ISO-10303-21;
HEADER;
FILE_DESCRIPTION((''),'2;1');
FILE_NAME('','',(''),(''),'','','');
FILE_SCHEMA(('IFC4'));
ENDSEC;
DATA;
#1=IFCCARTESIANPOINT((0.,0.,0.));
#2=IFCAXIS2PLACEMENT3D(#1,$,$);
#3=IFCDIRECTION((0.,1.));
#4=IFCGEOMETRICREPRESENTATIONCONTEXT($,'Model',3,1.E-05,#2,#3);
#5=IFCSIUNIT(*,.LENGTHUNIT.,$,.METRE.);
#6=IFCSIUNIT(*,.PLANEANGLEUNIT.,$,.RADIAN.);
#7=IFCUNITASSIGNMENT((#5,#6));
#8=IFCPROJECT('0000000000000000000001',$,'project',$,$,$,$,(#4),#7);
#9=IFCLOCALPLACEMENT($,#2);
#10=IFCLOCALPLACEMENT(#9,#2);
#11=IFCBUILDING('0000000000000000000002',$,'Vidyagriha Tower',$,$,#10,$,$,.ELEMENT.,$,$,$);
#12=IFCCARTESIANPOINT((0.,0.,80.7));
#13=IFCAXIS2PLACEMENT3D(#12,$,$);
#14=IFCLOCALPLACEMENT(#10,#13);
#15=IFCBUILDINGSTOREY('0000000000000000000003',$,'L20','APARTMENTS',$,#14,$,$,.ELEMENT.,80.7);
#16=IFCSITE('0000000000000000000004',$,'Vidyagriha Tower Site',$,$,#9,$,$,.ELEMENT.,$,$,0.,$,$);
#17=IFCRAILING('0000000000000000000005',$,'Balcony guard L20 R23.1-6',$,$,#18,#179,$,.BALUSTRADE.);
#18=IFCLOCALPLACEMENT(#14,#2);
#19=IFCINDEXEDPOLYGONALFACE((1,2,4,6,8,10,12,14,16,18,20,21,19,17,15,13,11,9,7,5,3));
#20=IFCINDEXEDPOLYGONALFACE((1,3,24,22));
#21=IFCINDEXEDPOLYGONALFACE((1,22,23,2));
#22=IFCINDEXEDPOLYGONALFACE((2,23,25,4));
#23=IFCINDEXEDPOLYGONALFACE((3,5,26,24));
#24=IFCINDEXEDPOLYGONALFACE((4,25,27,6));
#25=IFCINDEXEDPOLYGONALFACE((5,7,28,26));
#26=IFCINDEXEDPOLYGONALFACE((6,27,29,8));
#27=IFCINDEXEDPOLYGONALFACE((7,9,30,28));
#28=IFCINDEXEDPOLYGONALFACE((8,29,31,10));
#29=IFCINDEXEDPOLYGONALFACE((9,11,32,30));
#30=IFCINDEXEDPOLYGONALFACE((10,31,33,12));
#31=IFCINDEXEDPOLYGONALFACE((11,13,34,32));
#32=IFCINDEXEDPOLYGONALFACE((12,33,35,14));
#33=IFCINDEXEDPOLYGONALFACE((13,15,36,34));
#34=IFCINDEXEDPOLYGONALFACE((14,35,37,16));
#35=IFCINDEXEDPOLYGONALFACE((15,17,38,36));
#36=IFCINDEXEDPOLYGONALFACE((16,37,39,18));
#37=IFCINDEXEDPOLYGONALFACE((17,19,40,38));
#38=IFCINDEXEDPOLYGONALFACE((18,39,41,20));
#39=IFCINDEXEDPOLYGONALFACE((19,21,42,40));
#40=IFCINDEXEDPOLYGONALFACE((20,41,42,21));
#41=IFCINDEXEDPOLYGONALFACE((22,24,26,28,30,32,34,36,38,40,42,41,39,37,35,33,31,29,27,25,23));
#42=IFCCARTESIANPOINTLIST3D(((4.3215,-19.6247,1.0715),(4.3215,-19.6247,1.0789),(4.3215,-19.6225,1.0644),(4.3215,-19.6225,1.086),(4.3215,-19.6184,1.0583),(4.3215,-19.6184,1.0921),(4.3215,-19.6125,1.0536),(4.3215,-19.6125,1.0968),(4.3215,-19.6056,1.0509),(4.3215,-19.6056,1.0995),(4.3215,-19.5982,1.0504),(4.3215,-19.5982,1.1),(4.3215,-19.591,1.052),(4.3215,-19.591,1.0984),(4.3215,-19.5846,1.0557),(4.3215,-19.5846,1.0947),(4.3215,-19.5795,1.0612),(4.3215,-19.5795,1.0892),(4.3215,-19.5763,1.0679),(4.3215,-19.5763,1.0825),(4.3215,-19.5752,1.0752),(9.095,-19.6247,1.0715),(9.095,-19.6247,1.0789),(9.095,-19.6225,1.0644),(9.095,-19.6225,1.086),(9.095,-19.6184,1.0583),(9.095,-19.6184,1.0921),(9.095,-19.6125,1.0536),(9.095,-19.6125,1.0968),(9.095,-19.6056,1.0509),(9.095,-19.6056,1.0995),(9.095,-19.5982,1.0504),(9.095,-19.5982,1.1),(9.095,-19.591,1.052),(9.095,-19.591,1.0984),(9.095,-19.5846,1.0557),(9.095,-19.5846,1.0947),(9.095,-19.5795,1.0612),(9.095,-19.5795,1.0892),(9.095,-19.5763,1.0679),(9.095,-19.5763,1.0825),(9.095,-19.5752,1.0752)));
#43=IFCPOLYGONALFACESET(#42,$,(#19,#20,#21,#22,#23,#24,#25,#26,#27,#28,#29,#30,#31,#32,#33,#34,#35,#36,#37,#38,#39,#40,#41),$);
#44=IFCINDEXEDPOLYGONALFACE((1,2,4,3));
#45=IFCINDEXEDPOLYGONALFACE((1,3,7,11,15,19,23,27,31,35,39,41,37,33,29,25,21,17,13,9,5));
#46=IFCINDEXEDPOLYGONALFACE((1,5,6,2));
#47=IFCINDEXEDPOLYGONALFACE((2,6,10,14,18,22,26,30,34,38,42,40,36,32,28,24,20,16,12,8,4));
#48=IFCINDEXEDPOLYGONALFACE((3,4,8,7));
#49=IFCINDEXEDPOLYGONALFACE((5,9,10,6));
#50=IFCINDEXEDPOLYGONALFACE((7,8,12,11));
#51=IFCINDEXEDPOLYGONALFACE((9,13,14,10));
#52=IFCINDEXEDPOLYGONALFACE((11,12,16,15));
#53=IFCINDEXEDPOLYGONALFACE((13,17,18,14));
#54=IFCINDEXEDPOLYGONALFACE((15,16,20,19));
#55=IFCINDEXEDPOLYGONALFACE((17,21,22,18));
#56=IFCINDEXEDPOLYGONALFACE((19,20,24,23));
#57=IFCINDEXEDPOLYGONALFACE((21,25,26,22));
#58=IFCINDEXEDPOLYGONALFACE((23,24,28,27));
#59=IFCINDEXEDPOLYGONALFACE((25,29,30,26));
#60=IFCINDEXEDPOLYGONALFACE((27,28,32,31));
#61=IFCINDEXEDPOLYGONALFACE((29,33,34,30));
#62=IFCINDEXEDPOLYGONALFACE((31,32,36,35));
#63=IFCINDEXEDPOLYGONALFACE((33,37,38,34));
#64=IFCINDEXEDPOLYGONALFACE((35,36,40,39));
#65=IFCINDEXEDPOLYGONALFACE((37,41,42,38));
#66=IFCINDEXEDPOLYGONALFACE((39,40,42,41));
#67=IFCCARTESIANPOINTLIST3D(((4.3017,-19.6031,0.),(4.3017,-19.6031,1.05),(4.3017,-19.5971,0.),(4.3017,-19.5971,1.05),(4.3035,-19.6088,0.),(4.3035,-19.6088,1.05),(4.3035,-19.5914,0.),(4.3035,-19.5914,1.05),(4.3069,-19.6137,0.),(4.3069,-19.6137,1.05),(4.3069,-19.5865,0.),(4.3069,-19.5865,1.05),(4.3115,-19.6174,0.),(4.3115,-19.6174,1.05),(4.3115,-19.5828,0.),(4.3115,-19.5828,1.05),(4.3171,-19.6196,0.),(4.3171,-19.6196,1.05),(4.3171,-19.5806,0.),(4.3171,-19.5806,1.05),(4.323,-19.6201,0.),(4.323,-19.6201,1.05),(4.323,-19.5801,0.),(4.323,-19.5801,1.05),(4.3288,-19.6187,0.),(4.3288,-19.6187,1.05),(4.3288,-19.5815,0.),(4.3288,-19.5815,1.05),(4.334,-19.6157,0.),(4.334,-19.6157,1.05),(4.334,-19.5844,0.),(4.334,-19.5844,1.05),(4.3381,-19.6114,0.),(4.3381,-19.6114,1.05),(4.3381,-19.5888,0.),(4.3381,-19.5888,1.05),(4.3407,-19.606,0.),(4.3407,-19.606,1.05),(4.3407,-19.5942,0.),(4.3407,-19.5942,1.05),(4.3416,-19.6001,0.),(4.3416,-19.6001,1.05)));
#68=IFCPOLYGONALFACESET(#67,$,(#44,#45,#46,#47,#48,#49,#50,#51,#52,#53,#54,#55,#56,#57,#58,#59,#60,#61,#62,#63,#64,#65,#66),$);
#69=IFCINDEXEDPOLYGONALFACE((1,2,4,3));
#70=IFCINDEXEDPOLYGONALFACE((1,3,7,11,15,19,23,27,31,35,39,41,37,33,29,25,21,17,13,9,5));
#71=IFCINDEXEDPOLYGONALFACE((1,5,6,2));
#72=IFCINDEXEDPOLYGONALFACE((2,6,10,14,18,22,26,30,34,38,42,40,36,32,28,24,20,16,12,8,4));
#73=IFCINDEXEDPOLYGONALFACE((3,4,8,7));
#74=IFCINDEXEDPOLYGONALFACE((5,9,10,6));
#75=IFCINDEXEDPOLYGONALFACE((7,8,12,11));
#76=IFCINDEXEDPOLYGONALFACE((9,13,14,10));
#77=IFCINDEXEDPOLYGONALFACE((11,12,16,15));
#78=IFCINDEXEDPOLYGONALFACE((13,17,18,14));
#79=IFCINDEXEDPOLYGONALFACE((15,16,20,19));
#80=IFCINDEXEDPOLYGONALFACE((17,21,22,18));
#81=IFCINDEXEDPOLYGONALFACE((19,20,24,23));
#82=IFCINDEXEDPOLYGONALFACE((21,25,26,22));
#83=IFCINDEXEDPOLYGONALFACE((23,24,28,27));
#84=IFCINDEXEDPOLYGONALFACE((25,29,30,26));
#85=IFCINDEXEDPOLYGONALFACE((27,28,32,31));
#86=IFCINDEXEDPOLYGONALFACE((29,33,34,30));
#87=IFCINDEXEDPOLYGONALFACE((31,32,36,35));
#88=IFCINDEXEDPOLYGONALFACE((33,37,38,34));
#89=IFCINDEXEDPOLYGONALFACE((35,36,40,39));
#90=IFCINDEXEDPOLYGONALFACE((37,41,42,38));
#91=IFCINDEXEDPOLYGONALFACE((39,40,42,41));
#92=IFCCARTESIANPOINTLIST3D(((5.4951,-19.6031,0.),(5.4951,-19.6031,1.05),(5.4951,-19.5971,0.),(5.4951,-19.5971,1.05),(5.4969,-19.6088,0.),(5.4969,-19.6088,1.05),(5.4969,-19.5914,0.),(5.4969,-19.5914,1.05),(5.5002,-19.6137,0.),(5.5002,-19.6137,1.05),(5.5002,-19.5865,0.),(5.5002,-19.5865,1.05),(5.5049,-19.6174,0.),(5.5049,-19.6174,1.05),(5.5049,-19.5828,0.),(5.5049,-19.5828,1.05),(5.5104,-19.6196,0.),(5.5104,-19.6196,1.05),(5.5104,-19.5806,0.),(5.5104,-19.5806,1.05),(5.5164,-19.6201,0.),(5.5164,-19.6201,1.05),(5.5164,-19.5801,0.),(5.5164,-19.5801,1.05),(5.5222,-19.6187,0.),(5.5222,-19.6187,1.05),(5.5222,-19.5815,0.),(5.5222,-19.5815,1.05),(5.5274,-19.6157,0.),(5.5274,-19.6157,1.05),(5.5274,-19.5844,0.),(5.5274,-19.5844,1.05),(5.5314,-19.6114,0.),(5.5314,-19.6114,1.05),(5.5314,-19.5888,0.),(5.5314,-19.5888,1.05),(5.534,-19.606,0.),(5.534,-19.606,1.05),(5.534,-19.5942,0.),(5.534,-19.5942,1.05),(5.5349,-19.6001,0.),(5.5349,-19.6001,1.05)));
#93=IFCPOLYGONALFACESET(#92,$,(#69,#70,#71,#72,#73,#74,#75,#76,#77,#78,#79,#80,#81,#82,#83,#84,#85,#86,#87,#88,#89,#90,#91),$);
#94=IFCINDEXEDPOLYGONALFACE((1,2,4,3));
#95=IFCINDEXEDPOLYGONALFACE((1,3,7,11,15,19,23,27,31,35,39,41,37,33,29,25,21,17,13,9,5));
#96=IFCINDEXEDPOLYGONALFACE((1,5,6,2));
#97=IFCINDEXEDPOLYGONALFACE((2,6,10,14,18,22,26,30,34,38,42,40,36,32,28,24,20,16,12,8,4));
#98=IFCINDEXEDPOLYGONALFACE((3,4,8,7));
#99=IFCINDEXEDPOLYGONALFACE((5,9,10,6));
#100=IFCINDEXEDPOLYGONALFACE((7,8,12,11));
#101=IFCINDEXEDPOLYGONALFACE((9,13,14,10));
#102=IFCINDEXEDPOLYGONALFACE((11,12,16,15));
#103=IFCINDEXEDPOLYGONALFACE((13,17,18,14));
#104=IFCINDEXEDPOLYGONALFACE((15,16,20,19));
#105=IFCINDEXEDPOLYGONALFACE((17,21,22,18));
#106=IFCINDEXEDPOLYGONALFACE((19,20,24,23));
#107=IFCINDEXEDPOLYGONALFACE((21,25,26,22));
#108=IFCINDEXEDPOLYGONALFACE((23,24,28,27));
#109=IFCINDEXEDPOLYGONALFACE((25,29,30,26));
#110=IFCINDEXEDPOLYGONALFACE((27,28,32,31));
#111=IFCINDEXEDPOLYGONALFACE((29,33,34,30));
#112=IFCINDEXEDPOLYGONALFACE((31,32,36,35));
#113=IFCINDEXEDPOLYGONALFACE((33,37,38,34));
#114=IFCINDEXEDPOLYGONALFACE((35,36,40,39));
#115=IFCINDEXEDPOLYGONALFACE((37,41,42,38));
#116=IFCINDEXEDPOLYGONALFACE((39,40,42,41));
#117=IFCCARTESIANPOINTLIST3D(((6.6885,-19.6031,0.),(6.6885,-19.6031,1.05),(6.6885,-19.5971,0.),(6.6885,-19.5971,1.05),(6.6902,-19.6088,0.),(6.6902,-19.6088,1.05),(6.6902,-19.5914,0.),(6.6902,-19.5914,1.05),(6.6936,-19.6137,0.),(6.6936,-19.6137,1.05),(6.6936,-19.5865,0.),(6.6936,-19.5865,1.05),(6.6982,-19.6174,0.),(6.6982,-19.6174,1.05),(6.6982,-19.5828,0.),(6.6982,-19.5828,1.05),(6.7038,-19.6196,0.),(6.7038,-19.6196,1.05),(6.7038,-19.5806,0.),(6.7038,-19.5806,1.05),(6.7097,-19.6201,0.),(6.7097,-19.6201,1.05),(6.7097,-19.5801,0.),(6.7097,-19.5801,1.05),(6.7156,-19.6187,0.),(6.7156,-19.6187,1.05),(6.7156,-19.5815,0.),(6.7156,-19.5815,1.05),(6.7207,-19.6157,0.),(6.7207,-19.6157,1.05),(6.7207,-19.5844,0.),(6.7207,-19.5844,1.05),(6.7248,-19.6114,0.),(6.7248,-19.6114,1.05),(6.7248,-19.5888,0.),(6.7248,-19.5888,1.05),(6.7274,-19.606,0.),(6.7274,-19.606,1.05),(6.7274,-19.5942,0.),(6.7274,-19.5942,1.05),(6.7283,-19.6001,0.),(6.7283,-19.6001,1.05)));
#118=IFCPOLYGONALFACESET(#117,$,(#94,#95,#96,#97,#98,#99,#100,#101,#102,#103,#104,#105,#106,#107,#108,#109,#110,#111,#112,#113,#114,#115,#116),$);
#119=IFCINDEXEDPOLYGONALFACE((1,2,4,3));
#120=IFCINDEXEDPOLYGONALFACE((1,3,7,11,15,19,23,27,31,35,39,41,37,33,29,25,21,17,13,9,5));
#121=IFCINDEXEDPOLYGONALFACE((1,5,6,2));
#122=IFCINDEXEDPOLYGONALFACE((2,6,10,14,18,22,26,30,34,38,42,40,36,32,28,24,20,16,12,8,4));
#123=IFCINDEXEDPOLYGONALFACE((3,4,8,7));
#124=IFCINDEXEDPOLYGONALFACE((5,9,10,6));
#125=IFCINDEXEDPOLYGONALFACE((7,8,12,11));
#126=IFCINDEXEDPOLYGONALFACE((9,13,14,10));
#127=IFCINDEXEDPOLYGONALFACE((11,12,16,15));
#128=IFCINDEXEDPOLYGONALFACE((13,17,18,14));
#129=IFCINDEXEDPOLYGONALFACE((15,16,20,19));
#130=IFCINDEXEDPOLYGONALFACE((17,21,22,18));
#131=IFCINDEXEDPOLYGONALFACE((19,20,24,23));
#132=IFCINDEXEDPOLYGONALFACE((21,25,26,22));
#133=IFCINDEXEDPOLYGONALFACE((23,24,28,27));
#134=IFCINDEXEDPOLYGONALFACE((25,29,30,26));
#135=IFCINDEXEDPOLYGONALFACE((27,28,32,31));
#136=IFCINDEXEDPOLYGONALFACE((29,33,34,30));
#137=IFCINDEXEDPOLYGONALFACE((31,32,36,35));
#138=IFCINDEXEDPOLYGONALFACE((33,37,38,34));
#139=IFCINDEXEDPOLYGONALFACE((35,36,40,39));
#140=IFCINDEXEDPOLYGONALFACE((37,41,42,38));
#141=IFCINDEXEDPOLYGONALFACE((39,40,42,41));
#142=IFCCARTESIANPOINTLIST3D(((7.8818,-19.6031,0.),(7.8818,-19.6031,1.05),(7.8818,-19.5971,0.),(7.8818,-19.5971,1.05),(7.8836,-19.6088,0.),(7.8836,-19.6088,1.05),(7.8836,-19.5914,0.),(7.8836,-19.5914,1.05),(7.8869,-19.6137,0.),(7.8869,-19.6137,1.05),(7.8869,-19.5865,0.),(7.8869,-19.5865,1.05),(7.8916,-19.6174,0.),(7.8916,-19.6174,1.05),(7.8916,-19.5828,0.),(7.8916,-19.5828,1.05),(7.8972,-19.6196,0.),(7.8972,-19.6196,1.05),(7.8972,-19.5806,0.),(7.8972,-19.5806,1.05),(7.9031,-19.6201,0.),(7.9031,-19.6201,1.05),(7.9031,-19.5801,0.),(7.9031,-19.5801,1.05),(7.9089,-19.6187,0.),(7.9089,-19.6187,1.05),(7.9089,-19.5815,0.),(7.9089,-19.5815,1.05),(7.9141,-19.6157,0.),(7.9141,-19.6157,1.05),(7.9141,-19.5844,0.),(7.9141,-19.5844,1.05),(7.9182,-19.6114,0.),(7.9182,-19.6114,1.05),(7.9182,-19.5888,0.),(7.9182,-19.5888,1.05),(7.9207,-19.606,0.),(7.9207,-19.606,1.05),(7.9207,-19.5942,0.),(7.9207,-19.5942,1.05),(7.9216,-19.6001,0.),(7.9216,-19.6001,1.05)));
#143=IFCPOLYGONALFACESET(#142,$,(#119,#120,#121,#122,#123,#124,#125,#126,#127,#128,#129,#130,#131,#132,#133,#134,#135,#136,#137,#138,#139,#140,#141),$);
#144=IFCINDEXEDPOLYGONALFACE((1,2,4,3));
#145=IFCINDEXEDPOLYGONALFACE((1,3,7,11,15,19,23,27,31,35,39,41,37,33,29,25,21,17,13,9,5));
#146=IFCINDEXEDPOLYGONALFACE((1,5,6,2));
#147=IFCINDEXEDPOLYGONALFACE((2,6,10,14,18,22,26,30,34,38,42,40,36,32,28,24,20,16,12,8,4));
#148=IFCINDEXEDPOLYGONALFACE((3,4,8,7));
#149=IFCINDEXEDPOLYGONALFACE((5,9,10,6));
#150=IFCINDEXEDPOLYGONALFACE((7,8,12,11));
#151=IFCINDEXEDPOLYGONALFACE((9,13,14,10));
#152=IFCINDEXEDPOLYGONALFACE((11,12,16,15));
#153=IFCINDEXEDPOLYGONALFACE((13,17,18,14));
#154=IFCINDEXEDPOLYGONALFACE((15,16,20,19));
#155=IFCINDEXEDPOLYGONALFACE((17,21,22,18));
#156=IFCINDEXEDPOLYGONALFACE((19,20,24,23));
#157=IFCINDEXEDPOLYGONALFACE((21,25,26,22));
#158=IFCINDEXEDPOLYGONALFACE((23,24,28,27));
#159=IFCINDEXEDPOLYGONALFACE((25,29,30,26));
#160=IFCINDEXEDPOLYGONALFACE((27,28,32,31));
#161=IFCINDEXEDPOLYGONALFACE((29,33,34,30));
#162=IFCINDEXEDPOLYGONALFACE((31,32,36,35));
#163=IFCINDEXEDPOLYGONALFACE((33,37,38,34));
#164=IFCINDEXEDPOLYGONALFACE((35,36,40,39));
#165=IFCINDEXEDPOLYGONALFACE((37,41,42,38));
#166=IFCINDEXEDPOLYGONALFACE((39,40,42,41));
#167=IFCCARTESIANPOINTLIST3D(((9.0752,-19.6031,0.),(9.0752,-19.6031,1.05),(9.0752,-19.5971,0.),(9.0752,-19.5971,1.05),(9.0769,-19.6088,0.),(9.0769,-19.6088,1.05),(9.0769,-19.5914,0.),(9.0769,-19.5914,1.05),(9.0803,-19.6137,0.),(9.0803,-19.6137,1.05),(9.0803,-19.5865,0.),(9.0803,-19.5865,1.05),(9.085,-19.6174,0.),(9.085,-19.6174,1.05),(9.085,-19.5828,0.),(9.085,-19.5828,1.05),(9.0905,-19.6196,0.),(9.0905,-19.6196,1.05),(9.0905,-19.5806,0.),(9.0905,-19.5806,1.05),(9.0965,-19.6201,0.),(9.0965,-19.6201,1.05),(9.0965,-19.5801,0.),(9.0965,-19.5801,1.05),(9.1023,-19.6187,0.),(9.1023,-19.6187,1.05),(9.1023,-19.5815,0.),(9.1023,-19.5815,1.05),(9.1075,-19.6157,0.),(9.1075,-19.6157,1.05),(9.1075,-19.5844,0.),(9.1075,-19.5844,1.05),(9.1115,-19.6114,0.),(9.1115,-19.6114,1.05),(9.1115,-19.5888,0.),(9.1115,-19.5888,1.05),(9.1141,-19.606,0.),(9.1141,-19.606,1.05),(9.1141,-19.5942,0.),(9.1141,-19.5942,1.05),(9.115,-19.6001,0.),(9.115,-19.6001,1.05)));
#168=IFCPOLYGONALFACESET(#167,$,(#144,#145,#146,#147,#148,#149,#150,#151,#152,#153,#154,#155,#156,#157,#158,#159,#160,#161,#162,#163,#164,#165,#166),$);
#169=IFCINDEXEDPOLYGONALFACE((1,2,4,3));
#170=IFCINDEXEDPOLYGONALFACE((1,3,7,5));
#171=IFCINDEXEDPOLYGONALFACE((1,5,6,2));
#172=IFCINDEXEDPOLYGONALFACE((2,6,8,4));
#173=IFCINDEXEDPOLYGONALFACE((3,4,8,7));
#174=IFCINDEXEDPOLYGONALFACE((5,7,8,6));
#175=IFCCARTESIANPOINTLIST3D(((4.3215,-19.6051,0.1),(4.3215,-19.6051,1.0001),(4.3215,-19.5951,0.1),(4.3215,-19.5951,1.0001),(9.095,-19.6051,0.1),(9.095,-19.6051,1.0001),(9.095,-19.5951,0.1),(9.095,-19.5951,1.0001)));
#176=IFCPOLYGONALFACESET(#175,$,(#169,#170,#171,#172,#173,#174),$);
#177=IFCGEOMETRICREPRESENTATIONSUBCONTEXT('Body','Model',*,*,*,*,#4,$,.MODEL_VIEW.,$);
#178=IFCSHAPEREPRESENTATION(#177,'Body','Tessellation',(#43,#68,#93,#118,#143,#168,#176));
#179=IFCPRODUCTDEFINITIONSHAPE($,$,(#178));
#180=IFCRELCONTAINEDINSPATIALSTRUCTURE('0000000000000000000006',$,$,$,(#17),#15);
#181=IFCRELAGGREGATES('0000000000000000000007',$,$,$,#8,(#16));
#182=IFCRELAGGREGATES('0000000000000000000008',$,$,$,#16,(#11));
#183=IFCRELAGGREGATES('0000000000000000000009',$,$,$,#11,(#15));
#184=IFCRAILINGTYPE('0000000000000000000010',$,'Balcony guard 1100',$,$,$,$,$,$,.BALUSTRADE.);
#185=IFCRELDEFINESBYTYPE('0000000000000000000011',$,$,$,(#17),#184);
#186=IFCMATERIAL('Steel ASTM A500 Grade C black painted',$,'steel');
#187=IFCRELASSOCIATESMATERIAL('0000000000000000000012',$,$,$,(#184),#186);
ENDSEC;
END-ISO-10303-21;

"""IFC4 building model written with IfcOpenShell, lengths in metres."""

from ifc_helpers import new_model, si_unit, direction, frame, origin, origin_2d, place, context, subcontext, project, spatial, rectangle, circle, extrude, material, type_object, element, save


model = new_model("IFC4")

# Units and contexts
model_context = context("Model", 3, precision=1e-05, world=origin(), true_north=direction((0.0, 1.0)))
body_context = subcontext(model_context, "Body", "Model", "MODEL_VIEW")
ifc_project = project(units=[si_unit("LENGTHUNIT", "METRE"), si_unit("PLANEANGLEUNIT", "RADIAN")], contexts=[model_context])

# Site, building, storey
site_placement = place(None, origin())
site = spatial("IfcSite", under=ifc_project, at=site_placement, Name="Vidyagriha Tower Site", CompositionType="ELEMENT", RefElevation=0.0)
building_placement = place(site_placement, origin())
building = spatial("IfcBuilding", under=site, at=building_placement, Name="Vidyagriha Tower", CompositionType="ELEMENT")
storey_placement = place(building_placement, frame((0.0, 0.0, 80.7)))
storey = spatial("IfcBuildingStorey", under=building, at=storey_placement, Name="L20", Description="APARTMENTS", CompositionType="ELEMENT", Elevation=80.7)

# Railing
ifc_material_1 = material(Name="Steel ASTM A500 Grade C black painted", Category="steel")
railing_type = type_object("IfcRailingType", Name="Balcony guard 1100", PredefinedType="BALUSTRADE", material=ifc_material_1)
railing_1_placement = place(storey_placement, frame((4.3215, -19.6001, 0.0)))
element("IfcRailing", 1, at=railing_1_placement, inside=storey, type_object=railing_type, Name="Balcony guard L20 R23.1-6", PredefinedType="BALUSTRADE", context=body_context, shape_type="SweptSolid", body=[
    extrude(circle(Radius=0.0249, at=origin_2d()), frame((0.0, 0.0, 1.0752), z_axis=(1.0, 0.0, 0.0), x_axis=(0.0, 1.0, 0.0)), (0.0, 0.0, 1.0), 4.7734),
    extrude(circle(Radius=0.02, at=origin_2d()), origin(), (0.0, 0.0, 1.0), 1.05),
    extrude(circle(Radius=0.02, at=origin_2d()), frame((1.1934, 0.0, 0.0)), (0.0, 0.0, 1.0), 1.05),
    extrude(circle(Radius=0.02, at=origin_2d()), frame((2.3867, 0.0, 0.0)), (0.0, 0.0, 1.0), 1.05),
    extrude(circle(Radius=0.02, at=origin_2d()), frame((3.5801, 0.0, 0.0)), (0.0, 0.0, 1.0), 1.05),
    extrude(circle(Radius=0.02, at=origin_2d()), frame((4.7734, 0.0, 0.0)), (0.0, 0.0, 1.0), 1.05),
    extrude(rectangle(XDim=0.01, YDim=0.9001, at=origin_2d()), frame((0.0, 0.0, 0.55), z_axis=(1.0, 0.0, 0.0), x_axis=(0.0, 1.0, 0.0)), (0.0, 0.0, 1.0), 4.7734),
])

save(model, "model.ifc")
